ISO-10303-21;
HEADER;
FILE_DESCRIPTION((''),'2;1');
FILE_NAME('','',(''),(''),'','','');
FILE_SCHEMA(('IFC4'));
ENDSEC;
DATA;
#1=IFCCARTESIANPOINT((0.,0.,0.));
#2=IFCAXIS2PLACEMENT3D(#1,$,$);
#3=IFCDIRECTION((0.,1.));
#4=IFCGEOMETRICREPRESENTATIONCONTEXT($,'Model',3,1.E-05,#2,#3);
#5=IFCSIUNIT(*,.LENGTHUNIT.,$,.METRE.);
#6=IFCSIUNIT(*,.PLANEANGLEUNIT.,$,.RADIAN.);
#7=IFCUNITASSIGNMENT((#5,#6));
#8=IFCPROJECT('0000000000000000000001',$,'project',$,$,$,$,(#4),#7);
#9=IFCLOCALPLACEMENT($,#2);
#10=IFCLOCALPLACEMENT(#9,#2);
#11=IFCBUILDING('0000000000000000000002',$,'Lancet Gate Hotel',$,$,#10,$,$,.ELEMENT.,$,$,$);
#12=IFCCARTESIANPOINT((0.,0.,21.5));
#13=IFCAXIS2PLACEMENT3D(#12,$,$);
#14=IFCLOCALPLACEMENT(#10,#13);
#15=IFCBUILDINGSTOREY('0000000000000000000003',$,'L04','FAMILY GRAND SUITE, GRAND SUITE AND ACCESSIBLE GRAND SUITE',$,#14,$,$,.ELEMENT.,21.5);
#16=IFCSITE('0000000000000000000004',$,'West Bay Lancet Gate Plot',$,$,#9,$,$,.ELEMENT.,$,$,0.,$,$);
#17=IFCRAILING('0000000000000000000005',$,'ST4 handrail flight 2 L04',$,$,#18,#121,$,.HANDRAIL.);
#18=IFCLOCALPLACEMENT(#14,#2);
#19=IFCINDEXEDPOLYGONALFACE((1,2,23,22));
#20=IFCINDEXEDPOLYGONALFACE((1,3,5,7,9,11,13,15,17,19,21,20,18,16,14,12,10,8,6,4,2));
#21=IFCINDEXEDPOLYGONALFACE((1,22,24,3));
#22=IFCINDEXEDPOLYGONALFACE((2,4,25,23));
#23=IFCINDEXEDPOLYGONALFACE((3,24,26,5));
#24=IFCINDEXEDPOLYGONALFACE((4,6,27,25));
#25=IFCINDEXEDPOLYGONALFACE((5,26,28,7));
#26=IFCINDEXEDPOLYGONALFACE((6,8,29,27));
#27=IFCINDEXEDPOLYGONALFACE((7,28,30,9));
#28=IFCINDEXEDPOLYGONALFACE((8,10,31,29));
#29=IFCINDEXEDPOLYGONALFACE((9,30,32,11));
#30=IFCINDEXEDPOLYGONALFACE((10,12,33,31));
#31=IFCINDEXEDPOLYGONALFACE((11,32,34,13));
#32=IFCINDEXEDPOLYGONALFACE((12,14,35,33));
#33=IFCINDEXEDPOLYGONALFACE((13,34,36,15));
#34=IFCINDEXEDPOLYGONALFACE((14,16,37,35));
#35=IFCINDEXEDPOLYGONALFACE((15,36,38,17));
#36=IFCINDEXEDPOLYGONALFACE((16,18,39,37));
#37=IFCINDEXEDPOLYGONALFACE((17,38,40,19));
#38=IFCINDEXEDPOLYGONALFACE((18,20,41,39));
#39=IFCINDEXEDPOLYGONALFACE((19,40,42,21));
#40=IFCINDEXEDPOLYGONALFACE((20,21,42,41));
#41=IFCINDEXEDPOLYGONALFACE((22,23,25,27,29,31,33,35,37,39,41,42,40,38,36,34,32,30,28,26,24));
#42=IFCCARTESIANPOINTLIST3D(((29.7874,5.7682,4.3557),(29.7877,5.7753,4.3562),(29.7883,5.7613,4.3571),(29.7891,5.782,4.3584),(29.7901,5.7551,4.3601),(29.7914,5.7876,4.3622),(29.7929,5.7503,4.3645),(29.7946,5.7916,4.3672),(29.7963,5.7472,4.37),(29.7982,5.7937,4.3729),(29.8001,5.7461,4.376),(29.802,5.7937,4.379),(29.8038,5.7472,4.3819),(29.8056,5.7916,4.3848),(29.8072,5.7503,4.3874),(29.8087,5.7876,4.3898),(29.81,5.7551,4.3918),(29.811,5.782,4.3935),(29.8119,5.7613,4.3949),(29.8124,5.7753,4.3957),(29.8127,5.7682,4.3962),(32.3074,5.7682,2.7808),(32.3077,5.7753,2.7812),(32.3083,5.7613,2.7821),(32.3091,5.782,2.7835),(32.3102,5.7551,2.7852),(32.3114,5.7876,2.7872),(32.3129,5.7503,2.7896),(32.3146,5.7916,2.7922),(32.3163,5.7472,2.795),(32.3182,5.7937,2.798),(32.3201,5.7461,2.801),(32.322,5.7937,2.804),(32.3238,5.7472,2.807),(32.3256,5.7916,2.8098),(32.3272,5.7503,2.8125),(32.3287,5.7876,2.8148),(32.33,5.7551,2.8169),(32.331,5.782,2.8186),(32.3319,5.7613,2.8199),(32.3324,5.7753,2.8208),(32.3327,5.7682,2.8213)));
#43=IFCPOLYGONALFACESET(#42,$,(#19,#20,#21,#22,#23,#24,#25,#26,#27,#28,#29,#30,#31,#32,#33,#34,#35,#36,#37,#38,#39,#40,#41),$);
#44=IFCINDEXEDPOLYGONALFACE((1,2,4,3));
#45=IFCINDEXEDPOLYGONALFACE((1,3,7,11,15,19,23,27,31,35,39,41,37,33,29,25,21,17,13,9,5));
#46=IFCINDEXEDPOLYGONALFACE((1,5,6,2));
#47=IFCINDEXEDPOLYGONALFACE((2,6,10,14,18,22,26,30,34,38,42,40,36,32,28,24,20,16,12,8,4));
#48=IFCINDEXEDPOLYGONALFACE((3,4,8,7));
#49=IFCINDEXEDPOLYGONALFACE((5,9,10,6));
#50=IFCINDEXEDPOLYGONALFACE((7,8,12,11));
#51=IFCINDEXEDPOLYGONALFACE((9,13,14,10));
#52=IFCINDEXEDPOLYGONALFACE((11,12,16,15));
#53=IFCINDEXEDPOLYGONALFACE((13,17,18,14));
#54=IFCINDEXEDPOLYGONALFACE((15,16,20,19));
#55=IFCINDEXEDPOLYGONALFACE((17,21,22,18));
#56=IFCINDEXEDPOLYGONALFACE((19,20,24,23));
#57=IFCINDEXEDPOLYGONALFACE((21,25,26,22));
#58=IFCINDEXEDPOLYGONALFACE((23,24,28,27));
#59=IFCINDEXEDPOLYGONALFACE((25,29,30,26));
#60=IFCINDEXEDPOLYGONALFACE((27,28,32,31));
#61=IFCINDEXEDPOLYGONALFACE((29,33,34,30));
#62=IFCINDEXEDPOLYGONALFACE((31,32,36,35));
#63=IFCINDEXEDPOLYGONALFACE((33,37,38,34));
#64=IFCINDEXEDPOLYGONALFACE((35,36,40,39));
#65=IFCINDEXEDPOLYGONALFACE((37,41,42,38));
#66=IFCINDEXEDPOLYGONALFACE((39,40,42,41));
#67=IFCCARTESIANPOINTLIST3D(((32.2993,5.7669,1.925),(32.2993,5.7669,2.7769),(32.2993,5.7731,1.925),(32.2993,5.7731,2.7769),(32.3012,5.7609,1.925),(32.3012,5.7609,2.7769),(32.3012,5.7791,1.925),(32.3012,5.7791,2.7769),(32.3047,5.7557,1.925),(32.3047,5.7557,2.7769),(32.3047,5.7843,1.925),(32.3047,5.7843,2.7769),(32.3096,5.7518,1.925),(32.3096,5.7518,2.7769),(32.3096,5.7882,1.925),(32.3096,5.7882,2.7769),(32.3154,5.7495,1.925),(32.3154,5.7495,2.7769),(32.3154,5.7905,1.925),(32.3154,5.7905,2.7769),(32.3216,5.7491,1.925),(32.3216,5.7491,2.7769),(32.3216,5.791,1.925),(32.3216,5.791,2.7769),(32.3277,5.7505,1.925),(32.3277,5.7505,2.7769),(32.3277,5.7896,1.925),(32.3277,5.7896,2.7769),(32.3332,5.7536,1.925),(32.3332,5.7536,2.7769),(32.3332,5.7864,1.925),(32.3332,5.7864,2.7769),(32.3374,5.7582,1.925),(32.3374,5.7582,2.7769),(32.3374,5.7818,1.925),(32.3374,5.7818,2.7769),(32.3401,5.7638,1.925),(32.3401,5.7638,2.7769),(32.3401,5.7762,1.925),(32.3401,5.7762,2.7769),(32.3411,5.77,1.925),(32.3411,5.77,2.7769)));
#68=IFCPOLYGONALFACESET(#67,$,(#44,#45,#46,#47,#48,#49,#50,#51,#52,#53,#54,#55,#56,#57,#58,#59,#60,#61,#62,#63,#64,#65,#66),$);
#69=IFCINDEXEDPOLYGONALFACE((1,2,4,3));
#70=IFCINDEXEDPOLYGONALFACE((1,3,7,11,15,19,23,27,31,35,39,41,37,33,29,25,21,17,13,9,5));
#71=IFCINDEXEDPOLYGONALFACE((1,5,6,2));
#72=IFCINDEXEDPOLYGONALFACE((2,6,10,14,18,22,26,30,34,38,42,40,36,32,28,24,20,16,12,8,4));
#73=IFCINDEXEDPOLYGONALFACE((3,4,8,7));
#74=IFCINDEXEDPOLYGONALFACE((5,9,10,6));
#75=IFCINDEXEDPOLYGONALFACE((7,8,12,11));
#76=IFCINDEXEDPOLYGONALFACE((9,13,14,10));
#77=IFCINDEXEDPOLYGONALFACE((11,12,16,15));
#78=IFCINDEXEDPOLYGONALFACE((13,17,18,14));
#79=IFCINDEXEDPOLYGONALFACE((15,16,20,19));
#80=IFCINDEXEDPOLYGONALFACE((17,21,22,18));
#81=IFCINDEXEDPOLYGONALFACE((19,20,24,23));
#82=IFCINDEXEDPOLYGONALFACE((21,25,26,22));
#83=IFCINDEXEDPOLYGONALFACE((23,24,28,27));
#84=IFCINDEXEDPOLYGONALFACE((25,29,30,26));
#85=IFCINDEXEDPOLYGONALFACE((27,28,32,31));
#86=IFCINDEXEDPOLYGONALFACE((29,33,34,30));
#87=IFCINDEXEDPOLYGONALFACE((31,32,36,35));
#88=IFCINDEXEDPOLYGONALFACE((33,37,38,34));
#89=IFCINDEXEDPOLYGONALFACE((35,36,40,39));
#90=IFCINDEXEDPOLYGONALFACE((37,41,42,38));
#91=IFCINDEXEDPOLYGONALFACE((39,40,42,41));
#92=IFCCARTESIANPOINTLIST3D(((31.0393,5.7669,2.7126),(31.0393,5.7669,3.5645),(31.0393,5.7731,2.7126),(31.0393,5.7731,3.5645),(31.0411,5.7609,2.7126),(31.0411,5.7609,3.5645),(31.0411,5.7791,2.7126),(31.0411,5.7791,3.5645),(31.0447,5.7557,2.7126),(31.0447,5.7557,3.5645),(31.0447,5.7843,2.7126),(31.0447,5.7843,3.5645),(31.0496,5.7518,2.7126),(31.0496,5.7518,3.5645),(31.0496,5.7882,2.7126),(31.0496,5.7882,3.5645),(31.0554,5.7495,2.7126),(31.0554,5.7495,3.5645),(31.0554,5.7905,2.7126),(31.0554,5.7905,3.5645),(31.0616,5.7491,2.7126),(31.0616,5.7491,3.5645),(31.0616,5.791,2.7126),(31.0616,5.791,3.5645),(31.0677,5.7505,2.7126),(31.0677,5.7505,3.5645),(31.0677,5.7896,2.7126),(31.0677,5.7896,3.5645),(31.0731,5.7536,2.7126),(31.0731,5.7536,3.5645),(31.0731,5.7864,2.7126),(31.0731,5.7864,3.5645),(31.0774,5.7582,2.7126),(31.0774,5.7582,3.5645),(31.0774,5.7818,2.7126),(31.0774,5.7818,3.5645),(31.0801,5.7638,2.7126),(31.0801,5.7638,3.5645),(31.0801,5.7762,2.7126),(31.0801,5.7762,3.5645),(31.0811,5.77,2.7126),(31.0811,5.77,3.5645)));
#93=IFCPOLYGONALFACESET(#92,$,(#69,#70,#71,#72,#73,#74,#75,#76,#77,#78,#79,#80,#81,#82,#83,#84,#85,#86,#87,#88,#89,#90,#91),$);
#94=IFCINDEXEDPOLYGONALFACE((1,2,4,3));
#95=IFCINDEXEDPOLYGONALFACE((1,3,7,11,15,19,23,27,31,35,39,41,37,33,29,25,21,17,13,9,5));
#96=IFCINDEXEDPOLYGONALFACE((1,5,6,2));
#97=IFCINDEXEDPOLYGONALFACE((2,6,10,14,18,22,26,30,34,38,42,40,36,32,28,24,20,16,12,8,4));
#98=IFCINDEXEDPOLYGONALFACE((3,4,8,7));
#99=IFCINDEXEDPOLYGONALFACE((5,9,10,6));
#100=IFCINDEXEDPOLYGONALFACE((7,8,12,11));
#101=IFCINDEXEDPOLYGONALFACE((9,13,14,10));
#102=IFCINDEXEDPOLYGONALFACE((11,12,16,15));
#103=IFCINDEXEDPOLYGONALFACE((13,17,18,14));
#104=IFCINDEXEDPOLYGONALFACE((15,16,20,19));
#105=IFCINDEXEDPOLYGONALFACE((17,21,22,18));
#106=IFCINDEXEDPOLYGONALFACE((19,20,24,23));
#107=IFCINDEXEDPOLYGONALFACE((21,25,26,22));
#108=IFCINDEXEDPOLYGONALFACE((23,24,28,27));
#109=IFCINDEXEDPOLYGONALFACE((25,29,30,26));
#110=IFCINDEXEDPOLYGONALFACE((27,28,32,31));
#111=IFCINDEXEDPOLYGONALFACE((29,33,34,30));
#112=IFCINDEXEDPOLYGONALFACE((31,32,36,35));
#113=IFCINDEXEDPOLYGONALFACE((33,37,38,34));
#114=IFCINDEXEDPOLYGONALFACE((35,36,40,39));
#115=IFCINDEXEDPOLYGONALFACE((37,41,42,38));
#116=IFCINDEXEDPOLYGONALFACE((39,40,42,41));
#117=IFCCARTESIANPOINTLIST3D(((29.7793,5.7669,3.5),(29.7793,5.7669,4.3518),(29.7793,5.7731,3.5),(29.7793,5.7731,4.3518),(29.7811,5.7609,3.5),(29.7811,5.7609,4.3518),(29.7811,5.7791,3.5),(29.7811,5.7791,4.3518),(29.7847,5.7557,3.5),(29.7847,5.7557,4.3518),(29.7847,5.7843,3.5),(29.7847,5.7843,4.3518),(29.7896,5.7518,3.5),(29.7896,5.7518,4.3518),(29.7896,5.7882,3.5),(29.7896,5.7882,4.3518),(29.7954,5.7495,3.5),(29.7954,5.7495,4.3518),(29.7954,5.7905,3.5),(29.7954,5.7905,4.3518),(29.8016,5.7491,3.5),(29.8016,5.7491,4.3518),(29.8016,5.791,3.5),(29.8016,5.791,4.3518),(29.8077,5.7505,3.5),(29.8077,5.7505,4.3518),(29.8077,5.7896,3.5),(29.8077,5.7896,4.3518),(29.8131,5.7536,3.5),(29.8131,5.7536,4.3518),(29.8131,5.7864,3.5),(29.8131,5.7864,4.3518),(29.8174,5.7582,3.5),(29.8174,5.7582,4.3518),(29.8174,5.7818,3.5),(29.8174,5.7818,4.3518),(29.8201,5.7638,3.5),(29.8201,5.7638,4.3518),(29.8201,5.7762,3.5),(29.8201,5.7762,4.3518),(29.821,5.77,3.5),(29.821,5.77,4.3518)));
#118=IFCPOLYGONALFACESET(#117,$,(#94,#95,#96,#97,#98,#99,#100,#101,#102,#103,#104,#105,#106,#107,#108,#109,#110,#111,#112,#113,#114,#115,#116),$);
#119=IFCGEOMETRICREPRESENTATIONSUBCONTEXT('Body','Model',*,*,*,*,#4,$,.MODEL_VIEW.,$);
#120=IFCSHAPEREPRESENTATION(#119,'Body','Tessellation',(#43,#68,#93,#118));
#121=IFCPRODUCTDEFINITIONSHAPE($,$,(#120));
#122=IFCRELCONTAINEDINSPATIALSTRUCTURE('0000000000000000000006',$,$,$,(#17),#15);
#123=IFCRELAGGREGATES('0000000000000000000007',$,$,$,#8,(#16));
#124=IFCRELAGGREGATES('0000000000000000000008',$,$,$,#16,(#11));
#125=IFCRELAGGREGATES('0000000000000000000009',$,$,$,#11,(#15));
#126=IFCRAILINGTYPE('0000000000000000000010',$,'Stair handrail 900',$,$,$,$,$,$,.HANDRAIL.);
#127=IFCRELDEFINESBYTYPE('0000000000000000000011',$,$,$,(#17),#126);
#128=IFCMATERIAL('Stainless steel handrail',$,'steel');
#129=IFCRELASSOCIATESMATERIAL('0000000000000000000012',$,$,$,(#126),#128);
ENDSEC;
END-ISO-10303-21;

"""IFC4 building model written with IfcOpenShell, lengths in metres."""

from ifc_helpers import new_model, si_unit, direction, frame, origin, origin_2d, place, context, subcontext, project, spatial, circle, extrude, material, type_object, element, save


model = new_model("IFC4")

# Units and contexts
model_context = context("Model", 3, precision=1e-05, world=origin(), true_north=direction((0.0, 1.0)))
body_context = subcontext(model_context, "Body", "Model", "MODEL_VIEW")
ifc_project = project(units=[si_unit("LENGTHUNIT", "METRE"), si_unit("PLANEANGLEUNIT", "RADIAN")], contexts=[model_context])

# Site, building, storey
site_placement = place(None, origin())
site = spatial("IfcSite", under=ifc_project, at=site_placement, Name="West Bay Lancet Gate Plot", CompositionType="ELEMENT", RefElevation=0.0)
building_placement = place(site_placement, origin())
building = spatial("IfcBuilding", under=site, at=building_placement, Name="Lancet Gate Hotel", CompositionType="ELEMENT")
storey_placement = place(building_placement, frame((0.0, 0.0, 21.5)))
storey = spatial("IfcBuildingStorey", under=building, at=storey_placement, Name="L04", Description="FAMILY GRAND SUITE, GRAND SUITE AND ACCESSIBLE GRAND SUITE", CompositionType="ELEMENT", Elevation=21.5)

# Railing
ifc_material_1 = material(Name="Stainless steel handrail", Category="steel")
railing_type = type_object("IfcRailingType", Name="Stair handrail 900", PredefinedType="HANDRAIL", material=ifc_material_1)
railing_1_placement = place(storey_placement, frame((32.3201, 5.77, 1.925)))
element("IfcRailing", 1, at=railing_1_placement, inside=storey, type_object=railing_type, Name="ST4 handrail flight 2 L04", PredefinedType="HANDRAIL", context=body_context, shape_type="SweptSolid", body=[
    extrude(circle(Radius=0.0239, at=origin_2d()), frame((0.0, 0.0, 0.876), z_axis=(-0.848008, 0.0, 0.529984), x_axis=(0.0, -1.0, 0.0)), (0.0, 0.0, 1.0), 2.9717),
    extrude(circle(Radius=0.021, at=origin_2d()), origin(), (0.0, 0.0, 1.0), 0.8518),
    extrude(circle(Radius=0.021, at=origin_2d()), frame((-1.26, 0.0, 0.7876)), (0.0, 0.0, 1.0), 0.8518),
    extrude(circle(Radius=0.021, at=origin_2d()), frame((-2.52, 0.0, 1.575)), (0.0, 0.0, 1.0), 0.8518),
])

save(model, "model.ifc")
